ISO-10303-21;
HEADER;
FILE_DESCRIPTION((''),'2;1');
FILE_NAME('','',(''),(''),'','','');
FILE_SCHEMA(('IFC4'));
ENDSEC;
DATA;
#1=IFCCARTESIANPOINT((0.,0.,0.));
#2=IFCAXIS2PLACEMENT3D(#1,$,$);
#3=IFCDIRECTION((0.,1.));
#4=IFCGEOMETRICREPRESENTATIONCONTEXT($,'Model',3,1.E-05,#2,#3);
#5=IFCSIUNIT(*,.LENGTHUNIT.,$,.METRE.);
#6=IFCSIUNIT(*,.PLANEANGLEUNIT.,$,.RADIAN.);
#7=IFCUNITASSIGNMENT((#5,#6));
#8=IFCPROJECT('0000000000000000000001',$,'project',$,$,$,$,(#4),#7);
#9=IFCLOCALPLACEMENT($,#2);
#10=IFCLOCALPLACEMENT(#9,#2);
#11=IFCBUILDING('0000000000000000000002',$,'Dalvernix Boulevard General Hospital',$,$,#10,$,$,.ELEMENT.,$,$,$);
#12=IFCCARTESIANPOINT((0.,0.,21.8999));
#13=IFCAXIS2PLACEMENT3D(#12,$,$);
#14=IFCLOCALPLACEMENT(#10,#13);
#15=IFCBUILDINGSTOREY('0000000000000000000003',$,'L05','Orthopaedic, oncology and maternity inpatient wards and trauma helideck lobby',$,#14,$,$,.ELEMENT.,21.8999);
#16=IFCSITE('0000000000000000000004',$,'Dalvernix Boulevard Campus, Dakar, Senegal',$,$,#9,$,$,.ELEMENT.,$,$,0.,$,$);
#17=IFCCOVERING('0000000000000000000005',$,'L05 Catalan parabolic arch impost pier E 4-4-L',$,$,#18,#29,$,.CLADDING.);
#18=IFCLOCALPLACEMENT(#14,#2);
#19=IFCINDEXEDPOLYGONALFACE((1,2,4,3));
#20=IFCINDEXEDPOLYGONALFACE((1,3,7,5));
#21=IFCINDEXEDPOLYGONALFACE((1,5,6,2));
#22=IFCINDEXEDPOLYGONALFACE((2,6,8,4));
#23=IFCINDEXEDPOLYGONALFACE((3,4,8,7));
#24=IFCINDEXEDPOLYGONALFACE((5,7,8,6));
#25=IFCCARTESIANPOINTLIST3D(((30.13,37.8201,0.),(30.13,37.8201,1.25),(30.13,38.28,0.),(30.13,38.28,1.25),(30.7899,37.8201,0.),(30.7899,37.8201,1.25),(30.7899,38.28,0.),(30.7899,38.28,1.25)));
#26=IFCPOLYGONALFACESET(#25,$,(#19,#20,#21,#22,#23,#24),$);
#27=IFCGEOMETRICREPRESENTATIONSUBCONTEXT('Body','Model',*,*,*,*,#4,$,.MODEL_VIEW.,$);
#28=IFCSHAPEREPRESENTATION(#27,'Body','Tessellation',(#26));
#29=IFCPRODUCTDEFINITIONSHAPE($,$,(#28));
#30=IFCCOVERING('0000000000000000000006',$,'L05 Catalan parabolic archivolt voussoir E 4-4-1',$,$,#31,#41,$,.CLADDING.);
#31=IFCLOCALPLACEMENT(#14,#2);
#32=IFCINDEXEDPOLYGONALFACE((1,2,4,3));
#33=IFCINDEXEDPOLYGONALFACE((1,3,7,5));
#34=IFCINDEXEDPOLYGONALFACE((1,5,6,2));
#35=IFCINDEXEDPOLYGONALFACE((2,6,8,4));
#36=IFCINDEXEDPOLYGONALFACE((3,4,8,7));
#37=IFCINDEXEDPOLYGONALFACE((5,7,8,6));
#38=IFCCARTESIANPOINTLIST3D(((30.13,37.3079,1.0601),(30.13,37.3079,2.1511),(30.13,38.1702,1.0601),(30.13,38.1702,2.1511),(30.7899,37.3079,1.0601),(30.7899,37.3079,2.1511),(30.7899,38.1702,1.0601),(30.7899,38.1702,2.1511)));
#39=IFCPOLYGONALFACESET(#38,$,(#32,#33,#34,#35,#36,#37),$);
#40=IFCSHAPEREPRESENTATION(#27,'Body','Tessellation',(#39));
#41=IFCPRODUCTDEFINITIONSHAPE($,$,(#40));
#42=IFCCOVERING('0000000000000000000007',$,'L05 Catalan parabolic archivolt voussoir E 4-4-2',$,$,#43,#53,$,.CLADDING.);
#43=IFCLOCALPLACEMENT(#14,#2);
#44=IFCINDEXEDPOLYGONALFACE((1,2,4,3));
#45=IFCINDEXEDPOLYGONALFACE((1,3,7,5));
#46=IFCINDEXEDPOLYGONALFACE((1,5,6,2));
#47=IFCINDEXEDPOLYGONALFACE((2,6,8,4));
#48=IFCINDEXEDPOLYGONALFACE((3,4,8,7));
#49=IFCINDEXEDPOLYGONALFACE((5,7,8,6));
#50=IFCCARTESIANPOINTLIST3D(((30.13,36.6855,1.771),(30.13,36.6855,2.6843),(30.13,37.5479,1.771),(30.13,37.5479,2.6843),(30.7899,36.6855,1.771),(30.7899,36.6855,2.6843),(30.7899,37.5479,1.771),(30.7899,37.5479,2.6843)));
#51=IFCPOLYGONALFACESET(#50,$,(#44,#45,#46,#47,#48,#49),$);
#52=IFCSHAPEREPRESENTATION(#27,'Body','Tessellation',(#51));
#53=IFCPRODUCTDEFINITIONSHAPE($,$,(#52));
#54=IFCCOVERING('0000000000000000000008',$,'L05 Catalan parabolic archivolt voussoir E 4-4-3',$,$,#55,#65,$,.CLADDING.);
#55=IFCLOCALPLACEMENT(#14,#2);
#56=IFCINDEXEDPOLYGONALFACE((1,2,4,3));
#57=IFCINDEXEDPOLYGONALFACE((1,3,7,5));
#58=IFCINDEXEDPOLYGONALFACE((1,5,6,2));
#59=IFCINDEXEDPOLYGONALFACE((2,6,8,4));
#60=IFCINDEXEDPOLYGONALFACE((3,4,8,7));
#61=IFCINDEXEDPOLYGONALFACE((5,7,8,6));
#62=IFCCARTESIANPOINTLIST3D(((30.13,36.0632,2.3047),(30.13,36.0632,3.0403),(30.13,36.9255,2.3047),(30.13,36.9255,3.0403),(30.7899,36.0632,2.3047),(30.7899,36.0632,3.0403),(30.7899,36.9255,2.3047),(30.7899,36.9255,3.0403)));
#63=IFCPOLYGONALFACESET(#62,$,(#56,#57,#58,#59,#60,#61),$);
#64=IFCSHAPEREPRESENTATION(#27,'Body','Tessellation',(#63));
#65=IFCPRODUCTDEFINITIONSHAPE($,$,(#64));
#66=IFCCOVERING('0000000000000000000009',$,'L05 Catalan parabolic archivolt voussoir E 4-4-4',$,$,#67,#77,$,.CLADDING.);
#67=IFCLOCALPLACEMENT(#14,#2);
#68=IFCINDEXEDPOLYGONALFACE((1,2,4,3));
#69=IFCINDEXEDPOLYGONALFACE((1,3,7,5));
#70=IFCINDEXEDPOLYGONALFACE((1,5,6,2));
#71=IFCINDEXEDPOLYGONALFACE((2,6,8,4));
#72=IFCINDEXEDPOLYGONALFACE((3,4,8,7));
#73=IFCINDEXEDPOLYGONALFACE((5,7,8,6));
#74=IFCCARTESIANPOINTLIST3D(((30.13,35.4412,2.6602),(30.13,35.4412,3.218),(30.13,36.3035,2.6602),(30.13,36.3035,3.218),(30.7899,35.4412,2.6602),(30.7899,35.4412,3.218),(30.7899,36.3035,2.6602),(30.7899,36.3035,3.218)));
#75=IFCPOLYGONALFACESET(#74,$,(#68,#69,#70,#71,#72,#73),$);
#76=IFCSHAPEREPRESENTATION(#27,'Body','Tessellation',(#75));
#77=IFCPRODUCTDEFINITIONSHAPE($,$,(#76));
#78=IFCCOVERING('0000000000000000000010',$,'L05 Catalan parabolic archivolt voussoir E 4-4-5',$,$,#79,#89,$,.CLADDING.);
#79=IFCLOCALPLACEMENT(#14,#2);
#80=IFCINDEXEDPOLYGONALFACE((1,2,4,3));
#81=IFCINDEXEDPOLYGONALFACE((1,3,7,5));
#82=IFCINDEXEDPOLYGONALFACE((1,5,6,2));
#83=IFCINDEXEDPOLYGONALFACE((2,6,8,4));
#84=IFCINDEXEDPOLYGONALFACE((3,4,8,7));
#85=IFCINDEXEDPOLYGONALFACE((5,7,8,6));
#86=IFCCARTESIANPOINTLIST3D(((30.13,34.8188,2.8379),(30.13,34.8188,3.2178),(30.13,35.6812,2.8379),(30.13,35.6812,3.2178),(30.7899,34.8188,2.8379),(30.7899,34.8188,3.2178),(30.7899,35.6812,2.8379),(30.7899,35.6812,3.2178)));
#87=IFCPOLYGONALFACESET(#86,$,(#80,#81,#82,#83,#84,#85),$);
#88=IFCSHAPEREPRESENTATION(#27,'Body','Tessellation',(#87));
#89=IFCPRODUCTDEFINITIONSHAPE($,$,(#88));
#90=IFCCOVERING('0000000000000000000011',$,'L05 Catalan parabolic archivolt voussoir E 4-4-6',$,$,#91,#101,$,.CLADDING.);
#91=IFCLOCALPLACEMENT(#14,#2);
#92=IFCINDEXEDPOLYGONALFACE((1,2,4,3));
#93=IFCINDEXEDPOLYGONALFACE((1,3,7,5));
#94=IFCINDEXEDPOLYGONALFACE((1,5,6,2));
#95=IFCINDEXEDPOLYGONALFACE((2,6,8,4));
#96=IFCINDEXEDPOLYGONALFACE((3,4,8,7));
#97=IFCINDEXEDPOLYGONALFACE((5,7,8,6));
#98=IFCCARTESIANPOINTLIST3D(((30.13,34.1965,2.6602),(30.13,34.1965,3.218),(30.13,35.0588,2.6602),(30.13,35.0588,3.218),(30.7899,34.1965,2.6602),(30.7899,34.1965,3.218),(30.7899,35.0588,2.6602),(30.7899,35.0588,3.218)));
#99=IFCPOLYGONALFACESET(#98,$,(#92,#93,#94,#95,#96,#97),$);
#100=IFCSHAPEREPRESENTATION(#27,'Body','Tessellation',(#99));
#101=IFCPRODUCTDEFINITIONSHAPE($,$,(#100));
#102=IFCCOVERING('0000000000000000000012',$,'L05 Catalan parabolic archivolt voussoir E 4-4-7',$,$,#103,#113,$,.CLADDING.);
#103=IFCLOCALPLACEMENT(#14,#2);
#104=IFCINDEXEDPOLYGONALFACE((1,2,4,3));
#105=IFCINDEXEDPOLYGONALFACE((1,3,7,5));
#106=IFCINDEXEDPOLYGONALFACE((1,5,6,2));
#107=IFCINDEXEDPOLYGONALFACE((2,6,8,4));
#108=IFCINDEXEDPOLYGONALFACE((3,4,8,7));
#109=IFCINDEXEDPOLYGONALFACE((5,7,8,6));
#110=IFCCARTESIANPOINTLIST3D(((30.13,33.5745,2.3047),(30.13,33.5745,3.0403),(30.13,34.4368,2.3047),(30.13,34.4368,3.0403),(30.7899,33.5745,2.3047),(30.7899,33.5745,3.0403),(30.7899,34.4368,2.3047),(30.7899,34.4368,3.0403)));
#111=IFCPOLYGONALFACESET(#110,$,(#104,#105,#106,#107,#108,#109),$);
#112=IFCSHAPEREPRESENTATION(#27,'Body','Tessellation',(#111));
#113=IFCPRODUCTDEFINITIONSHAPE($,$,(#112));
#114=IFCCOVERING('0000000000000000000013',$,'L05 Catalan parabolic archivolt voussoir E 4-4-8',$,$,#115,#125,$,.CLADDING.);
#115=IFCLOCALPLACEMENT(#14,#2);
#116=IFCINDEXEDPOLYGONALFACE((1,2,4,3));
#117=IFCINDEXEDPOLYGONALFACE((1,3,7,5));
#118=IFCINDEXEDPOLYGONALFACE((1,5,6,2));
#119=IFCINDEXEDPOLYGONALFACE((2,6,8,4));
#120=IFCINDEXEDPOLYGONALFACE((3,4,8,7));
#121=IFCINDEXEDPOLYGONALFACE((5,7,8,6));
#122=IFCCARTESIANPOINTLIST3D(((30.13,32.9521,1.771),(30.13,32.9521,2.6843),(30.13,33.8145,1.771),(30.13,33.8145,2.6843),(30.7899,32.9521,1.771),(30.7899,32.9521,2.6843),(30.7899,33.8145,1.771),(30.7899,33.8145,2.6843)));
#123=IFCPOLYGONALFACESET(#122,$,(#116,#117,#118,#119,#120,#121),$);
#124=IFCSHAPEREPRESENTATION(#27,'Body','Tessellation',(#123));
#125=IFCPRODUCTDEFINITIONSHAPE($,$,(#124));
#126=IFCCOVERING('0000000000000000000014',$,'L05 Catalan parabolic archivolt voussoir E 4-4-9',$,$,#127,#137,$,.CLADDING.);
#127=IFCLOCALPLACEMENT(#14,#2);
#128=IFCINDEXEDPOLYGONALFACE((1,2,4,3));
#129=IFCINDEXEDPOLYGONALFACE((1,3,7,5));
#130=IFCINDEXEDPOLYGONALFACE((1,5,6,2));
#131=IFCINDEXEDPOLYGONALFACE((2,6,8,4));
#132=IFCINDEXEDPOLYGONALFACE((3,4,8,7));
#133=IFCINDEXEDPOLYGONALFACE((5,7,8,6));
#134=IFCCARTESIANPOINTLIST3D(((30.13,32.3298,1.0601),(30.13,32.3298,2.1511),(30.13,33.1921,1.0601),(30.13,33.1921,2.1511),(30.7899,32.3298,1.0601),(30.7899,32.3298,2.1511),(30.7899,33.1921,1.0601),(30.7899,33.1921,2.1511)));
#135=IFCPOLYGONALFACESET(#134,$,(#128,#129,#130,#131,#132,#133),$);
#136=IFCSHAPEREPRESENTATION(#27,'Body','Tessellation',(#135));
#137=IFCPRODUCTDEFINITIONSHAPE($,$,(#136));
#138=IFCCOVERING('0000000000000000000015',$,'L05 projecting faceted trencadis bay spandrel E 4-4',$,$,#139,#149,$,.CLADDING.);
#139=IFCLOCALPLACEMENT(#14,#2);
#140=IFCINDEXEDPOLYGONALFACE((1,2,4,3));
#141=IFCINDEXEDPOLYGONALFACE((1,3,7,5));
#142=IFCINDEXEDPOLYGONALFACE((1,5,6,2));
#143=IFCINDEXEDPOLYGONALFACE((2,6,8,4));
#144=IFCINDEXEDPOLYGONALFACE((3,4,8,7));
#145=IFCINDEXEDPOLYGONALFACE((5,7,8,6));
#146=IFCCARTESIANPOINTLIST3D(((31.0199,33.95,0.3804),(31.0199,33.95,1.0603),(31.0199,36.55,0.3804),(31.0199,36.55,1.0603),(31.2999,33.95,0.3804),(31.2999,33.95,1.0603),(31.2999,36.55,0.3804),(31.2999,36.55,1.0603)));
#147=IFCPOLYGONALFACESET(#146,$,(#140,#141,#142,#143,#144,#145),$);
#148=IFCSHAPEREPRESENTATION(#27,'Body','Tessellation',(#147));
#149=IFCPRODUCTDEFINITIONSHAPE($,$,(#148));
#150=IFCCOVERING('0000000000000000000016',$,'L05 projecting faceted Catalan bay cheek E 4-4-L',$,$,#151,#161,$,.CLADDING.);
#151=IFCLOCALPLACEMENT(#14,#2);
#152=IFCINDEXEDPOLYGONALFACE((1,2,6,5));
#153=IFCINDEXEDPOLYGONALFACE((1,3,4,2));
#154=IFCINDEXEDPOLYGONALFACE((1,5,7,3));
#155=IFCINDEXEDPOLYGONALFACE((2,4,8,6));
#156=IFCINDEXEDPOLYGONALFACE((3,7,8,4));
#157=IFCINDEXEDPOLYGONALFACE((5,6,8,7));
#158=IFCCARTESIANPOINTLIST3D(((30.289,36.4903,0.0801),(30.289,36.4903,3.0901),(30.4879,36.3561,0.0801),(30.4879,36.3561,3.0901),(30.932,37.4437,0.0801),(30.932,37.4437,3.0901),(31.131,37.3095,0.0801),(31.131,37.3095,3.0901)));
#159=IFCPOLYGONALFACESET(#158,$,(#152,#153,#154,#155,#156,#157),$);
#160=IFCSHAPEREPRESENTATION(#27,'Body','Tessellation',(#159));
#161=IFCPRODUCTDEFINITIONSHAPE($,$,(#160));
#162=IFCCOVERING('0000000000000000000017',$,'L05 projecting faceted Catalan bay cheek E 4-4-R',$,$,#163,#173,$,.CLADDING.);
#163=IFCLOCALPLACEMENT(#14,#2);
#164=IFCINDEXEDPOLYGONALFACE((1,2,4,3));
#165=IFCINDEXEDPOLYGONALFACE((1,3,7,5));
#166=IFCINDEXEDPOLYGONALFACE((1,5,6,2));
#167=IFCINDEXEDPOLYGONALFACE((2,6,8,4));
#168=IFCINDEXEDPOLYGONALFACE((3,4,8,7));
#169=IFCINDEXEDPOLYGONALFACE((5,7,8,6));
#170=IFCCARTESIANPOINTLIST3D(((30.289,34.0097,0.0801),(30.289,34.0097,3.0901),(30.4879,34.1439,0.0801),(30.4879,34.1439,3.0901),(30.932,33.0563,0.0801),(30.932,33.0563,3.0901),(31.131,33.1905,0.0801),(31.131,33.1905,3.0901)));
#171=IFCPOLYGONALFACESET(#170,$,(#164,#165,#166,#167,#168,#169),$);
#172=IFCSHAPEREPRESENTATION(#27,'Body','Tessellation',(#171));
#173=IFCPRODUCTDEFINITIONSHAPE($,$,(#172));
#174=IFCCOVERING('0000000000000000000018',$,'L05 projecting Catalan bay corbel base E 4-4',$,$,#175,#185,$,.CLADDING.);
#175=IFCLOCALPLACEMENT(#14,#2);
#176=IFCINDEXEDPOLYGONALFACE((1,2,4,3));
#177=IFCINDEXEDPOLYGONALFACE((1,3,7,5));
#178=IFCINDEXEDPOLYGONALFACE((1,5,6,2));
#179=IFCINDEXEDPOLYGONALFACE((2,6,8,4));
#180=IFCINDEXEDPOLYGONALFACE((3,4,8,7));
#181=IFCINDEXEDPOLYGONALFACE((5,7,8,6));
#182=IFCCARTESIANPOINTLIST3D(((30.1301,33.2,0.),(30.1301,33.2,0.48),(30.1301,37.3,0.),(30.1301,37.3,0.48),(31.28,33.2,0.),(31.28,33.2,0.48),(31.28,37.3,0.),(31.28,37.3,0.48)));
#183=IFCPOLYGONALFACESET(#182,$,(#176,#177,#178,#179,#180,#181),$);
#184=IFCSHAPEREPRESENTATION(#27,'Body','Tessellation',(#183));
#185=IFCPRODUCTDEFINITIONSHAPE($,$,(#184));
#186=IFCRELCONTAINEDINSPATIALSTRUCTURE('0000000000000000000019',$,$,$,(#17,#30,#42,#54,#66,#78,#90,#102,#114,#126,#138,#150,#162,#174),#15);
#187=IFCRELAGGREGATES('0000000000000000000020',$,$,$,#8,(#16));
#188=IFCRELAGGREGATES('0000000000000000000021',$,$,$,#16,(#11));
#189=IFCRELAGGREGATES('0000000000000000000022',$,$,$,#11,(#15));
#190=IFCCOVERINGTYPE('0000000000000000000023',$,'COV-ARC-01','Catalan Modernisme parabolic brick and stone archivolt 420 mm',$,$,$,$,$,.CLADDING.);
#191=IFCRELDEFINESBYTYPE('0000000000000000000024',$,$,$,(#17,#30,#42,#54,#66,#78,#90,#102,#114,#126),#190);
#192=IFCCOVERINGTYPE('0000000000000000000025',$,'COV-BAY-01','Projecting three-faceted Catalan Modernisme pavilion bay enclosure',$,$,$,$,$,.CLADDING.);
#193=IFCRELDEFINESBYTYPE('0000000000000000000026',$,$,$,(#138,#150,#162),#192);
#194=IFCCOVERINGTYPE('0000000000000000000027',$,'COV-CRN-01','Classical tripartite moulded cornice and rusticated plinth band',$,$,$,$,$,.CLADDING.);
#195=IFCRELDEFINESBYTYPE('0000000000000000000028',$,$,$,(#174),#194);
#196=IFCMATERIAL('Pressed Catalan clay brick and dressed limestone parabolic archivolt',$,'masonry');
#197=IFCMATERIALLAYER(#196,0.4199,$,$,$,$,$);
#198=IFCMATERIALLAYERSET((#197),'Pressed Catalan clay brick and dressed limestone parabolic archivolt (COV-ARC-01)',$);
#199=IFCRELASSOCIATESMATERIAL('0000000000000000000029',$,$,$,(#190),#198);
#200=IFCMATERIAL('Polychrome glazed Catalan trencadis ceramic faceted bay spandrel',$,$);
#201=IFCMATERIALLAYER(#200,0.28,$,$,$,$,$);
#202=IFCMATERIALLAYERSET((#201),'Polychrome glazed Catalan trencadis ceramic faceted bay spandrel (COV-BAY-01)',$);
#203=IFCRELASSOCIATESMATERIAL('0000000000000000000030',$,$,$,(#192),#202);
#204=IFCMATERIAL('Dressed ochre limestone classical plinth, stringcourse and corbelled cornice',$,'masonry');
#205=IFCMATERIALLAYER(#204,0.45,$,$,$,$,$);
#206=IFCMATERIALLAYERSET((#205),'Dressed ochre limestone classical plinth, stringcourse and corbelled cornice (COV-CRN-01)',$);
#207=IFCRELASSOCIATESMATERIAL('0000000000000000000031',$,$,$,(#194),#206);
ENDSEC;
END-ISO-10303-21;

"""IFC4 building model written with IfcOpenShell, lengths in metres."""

from ifc_helpers import new_model, si_unit, direction, frame, origin, origin_2d, place, context, subcontext, project, spatial, rectangle, extrude, material, layer, layer_set, type_object, element, save


model = new_model("IFC4")

# Units and contexts
model_context = context("Model", 3, precision=1e-05, world=origin(), true_north=direction((0.0, 1.0)))
body_context = subcontext(model_context, "Body", "Model", "MODEL_VIEW")
ifc_project = project(units=[si_unit("LENGTHUNIT", "METRE"), si_unit("PLANEANGLEUNIT", "RADIAN")], contexts=[model_context])

# Site, building, storey
site_placement = place(None, origin())
site = spatial("IfcSite", under=ifc_project, at=site_placement, Name="Dalvernix Boulevard Campus, Dakar, Senegal", CompositionType="ELEMENT", RefElevation=0.0)
building_placement = place(site_placement, origin())
building = spatial("IfcBuilding", under=site, at=building_placement, Name="Dalvernix Boulevard General Hospital", CompositionType="ELEMENT")
storey_placement = place(building_placement, frame((0.0, 0.0, 21.8999)))
storey = spatial("IfcBuildingStorey", under=building, at=storey_placement, Name="L05", Description="Orthopaedic, oncology and maternity inpatient wards and trauma helideck lobby", CompositionType="ELEMENT", Elevation=21.8999)

# Coverings
ifc_material_1 = material(Name="Pressed Catalan clay brick and dressed limestone parabolic archivolt", Category="masonry")
ifc_layer_1 = layer(ifc_material_1, 0.4199)
ifc_layer_set_1 = layer_set([ifc_layer_1], Name="Pressed Catalan clay brick and dressed limestone parabolic archivolt (COV-ARC-01)")
covering_type_1 = type_object("IfcCoveringType", Name="COV-ARC-01", Description="Catalan Modernisme parabolic brick and stone archivolt 420 mm", PredefinedType="CLADDING", material=ifc_layer_set_1)
covering_1_placement = place(storey_placement, frame((30.46, 38.05, 0.0), z_axis=(0.0, 0.0, 1.0), x_axis=(0.0, -1.0, 0.0)))
element("IfcCovering", 1, at=covering_1_placement, inside=storey, type_object=covering_type_1, Name="L05 Catalan parabolic arch impost pier E 4-4-L", PredefinedType="CLADDING", context=body_context, shape_type="SweptSolid", body=[
    extrude(rectangle(XDim=0.46, YDim=0.6599, at=origin_2d()), origin(), (0.0, 0.0, 1.0), 1.25),
])
covering_2_placement = place(storey_placement, frame((30.46, 37.739, 1.0601), z_axis=(0.0, 0.0, 1.0), x_axis=(0.0, -1.0, 0.0)))
element("IfcCovering", 2, at=covering_2_placement, inside=storey, type_object=covering_type_1, Name="L05 Catalan parabolic archivolt voussoir E 4-4-1", PredefinedType="CLADDING", context=body_context, shape_type="SweptSolid", body=[
    extrude(rectangle(XDim=0.8623, YDim=0.6599, at=origin_2d()), origin(), (0.0, 0.0, 1.0), 1.0911),
])
covering_3_placement = place(storey_placement, frame((30.46, 37.1167, 1.771), z_axis=(0.0, 0.0, 1.0), x_axis=(0.0, -1.0, 0.0)))
element("IfcCovering", 3, at=covering_3_placement, inside=storey, type_object=covering_type_1, Name="L05 Catalan parabolic archivolt voussoir E 4-4-2", PredefinedType="CLADDING", context=body_context, shape_type="SweptSolid", body=[
    extrude(rectangle(XDim=0.8623, YDim=0.6599, at=origin_2d()), origin(), (0.0, 0.0, 1.0), 0.9133),
])
covering_4_placement = place(storey_placement, frame((30.46, 36.4944, 2.3047), z_axis=(0.0, 0.0, 1.0), x_axis=(0.0, -1.0, 0.0)))
element("IfcCovering", 4, at=covering_4_placement, inside=storey, type_object=covering_type_1, Name="L05 Catalan parabolic archivolt voussoir E 4-4-3", PredefinedType="CLADDING", context=body_context, shape_type="SweptSolid", body=[
    extrude(rectangle(XDim=0.8623, YDim=0.6599, at=origin_2d()), origin(), (0.0, 0.0, 1.0), 0.7356),
])
covering_5_placement = place(storey_placement, frame((30.46, 35.8723, 2.6602), z_axis=(0.0, 0.0, 1.0), x_axis=(0.0, -1.0, 0.0)))
element("IfcCovering", 5, at=covering_5_placement, inside=storey, type_object=covering_type_1, Name="L05 Catalan parabolic archivolt voussoir E 4-4-4", PredefinedType="CLADDING", context=body_context, shape_type="SweptSolid", body=[
    extrude(rectangle(XDim=0.8623, YDim=0.6599, at=origin_2d()), origin(), (0.0, 0.0, 1.0), 0.5579),
])
covering_6_placement = place(storey_placement, frame((30.46, 35.25, 2.8379), z_axis=(0.0, 0.0, 1.0), x_axis=(0.0, -1.0, 0.0)))
element("IfcCovering", 6, at=covering_6_placement, inside=storey, type_object=covering_type_1, Name="L05 Catalan parabolic archivolt voussoir E 4-4-5", PredefinedType="CLADDING", context=body_context, shape_type="SweptSolid", body=[
    extrude(rectangle(XDim=0.8623, YDim=0.6599, at=origin_2d()), origin(), (0.0, 0.0, 1.0), 0.3799),
])
covering_7_placement = place(storey_placement, frame((30.46, 34.6277, 2.6602), z_axis=(0.0, 0.0, 1.0), x_axis=(0.0, -1.0, 0.0)))
element("IfcCovering", 7, at=covering_7_placement, inside=storey, type_object=covering_type_1, Name="L05 Catalan parabolic archivolt voussoir E 4-4-6", PredefinedType="CLADDING", context=body_context, shape_type="SweptSolid", body=[
    extrude(rectangle(XDim=0.8623, YDim=0.6599, at=origin_2d()), origin(), (0.0, 0.0, 1.0), 0.5579),
])
covering_8_placement = place(storey_placement, frame((30.46, 34.0056, 2.3047), z_axis=(0.0, 0.0, 1.0), x_axis=(0.0, -1.0, 0.0)))
element("IfcCovering", 8, at=covering_8_placement, inside=storey, type_object=covering_type_1, Name="L05 Catalan parabolic archivolt voussoir E 4-4-7", PredefinedType="CLADDING", context=body_context, shape_type="SweptSolid", body=[
    extrude(rectangle(XDim=0.8623, YDim=0.6599, at=origin_2d()), origin(), (0.0, 0.0, 1.0), 0.7356),
])
covering_9_placement = place(storey_placement, frame((30.46, 33.3833, 1.771), z_axis=(0.0, 0.0, 1.0), x_axis=(0.0, -1.0, 0.0)))
element("IfcCovering", 9, at=covering_9_placement, inside=storey, type_object=covering_type_1, Name="L05 Catalan parabolic archivolt voussoir E 4-4-8", PredefinedType="CLADDING", context=body_context, shape_type="SweptSolid", body=[
    extrude(rectangle(XDim=0.8623, YDim=0.6599, at=origin_2d()), origin(), (0.0, 0.0, 1.0), 0.9133),
])
covering_10_placement = place(storey_placement, frame((30.46, 32.761, 1.0601), z_axis=(0.0, 0.0, 1.0), x_axis=(0.0, -1.0, 0.0)))
element("IfcCovering", 10, at=covering_10_placement, inside=storey, type_object=covering_type_1, Name="L05 Catalan parabolic archivolt voussoir E 4-4-9", PredefinedType="CLADDING", context=body_context, shape_type="SweptSolid", body=[
    extrude(rectangle(XDim=0.8623, YDim=0.6599, at=origin_2d()), origin(), (0.0, 0.0, 1.0), 1.0911),
])
ifc_material_2 = material(Name="Polychrome glazed Catalan trencadis ceramic faceted bay spandrel")
ifc_layer_2 = layer(ifc_material_2, 0.28)
ifc_layer_set_2 = layer_set([ifc_layer_2], Name="Polychrome glazed Catalan trencadis ceramic faceted bay spandrel (COV-BAY-01)")
covering_type_2 = type_object("IfcCoveringType", Name="COV-BAY-01", Description="Projecting three-faceted Catalan Modernisme pavilion bay enclosure", PredefinedType="CLADDING", material=ifc_layer_set_2)
covering_11_placement = place(storey_placement, frame((31.1599, 35.25, 0.3804), z_axis=(0.0, 0.0, 1.0), x_axis=(0.0, -1.0, 0.0)))
element("IfcCovering", 11, at=covering_11_placement, inside=storey, type_object=covering_type_2, Name="L05 projecting faceted trencadis bay spandrel E 4-4", PredefinedType="CLADDING", context=body_context, shape_type="SweptSolid", body=[
    extrude(rectangle(XDim=2.6001, YDim=0.28, at=origin_2d()), origin(), (0.0, 0.0, 1.0), 0.6799),
])
for number, where, z_axis, x_axis, name in (
    (12, (30.71, 36.8999, 0.0801), (0.0, 0.0, 1.0), (-0.559193, -0.829038, 0.0), "L05 projecting faceted Catalan bay cheek E 4-4-L"),
    (13, (30.71, 33.6001, 0.0801), (0.0, 0.0, 1.0), (0.559193, -0.829038, 0.0), "L05 projecting faceted Catalan bay cheek E 4-4-R"),
):
    element("IfcCovering", number, at=place(storey_placement, frame(where, z_axis=z_axis, x_axis=x_axis)), inside=storey, type_object=covering_type_2, Name=name, PredefinedType="CLADDING", context=body_context, shape_type="SweptSolid", body=[
        extrude(rectangle(XDim=1.1499, YDim=0.24, at=origin_2d()), origin(), (0.0, 0.0, 1.0), 3.01),
    ])
ifc_material_3 = material(Name="Dressed ochre limestone classical plinth, stringcourse and corbelled cornice", Category="masonry")
ifc_layer_3 = layer(ifc_material_3, 0.45)
ifc_layer_set_3 = layer_set([ifc_layer_3], Name="Dressed ochre limestone classical plinth, stringcourse and corbelled cornice (COV-CRN-01)")
covering_type_3 = type_object("IfcCoveringType", Name="COV-CRN-01", Description="Classical tripartite moulded cornice and rusticated plinth band", PredefinedType="CLADDING", material=ifc_layer_set_3)
covering_12_placement = place(storey_placement, frame((30.7051, 35.25, 0.0), z_axis=(0.0, 0.0, 1.0), x_axis=(0.0, -1.0, 0.0)))
element("IfcCovering", 14, at=covering_12_placement, inside=storey, type_object=covering_type_3, Name="L05 projecting Catalan bay corbel base E 4-4", PredefinedType="CLADDING", context=body_context, shape_type="SweptSolid", body=[
    extrude(rectangle(XDim=4.1001, YDim=1.1499, at=origin_2d()), origin(), (0.0, 0.0, 1.0), 0.48),
])

save(model, "model.ifc")
